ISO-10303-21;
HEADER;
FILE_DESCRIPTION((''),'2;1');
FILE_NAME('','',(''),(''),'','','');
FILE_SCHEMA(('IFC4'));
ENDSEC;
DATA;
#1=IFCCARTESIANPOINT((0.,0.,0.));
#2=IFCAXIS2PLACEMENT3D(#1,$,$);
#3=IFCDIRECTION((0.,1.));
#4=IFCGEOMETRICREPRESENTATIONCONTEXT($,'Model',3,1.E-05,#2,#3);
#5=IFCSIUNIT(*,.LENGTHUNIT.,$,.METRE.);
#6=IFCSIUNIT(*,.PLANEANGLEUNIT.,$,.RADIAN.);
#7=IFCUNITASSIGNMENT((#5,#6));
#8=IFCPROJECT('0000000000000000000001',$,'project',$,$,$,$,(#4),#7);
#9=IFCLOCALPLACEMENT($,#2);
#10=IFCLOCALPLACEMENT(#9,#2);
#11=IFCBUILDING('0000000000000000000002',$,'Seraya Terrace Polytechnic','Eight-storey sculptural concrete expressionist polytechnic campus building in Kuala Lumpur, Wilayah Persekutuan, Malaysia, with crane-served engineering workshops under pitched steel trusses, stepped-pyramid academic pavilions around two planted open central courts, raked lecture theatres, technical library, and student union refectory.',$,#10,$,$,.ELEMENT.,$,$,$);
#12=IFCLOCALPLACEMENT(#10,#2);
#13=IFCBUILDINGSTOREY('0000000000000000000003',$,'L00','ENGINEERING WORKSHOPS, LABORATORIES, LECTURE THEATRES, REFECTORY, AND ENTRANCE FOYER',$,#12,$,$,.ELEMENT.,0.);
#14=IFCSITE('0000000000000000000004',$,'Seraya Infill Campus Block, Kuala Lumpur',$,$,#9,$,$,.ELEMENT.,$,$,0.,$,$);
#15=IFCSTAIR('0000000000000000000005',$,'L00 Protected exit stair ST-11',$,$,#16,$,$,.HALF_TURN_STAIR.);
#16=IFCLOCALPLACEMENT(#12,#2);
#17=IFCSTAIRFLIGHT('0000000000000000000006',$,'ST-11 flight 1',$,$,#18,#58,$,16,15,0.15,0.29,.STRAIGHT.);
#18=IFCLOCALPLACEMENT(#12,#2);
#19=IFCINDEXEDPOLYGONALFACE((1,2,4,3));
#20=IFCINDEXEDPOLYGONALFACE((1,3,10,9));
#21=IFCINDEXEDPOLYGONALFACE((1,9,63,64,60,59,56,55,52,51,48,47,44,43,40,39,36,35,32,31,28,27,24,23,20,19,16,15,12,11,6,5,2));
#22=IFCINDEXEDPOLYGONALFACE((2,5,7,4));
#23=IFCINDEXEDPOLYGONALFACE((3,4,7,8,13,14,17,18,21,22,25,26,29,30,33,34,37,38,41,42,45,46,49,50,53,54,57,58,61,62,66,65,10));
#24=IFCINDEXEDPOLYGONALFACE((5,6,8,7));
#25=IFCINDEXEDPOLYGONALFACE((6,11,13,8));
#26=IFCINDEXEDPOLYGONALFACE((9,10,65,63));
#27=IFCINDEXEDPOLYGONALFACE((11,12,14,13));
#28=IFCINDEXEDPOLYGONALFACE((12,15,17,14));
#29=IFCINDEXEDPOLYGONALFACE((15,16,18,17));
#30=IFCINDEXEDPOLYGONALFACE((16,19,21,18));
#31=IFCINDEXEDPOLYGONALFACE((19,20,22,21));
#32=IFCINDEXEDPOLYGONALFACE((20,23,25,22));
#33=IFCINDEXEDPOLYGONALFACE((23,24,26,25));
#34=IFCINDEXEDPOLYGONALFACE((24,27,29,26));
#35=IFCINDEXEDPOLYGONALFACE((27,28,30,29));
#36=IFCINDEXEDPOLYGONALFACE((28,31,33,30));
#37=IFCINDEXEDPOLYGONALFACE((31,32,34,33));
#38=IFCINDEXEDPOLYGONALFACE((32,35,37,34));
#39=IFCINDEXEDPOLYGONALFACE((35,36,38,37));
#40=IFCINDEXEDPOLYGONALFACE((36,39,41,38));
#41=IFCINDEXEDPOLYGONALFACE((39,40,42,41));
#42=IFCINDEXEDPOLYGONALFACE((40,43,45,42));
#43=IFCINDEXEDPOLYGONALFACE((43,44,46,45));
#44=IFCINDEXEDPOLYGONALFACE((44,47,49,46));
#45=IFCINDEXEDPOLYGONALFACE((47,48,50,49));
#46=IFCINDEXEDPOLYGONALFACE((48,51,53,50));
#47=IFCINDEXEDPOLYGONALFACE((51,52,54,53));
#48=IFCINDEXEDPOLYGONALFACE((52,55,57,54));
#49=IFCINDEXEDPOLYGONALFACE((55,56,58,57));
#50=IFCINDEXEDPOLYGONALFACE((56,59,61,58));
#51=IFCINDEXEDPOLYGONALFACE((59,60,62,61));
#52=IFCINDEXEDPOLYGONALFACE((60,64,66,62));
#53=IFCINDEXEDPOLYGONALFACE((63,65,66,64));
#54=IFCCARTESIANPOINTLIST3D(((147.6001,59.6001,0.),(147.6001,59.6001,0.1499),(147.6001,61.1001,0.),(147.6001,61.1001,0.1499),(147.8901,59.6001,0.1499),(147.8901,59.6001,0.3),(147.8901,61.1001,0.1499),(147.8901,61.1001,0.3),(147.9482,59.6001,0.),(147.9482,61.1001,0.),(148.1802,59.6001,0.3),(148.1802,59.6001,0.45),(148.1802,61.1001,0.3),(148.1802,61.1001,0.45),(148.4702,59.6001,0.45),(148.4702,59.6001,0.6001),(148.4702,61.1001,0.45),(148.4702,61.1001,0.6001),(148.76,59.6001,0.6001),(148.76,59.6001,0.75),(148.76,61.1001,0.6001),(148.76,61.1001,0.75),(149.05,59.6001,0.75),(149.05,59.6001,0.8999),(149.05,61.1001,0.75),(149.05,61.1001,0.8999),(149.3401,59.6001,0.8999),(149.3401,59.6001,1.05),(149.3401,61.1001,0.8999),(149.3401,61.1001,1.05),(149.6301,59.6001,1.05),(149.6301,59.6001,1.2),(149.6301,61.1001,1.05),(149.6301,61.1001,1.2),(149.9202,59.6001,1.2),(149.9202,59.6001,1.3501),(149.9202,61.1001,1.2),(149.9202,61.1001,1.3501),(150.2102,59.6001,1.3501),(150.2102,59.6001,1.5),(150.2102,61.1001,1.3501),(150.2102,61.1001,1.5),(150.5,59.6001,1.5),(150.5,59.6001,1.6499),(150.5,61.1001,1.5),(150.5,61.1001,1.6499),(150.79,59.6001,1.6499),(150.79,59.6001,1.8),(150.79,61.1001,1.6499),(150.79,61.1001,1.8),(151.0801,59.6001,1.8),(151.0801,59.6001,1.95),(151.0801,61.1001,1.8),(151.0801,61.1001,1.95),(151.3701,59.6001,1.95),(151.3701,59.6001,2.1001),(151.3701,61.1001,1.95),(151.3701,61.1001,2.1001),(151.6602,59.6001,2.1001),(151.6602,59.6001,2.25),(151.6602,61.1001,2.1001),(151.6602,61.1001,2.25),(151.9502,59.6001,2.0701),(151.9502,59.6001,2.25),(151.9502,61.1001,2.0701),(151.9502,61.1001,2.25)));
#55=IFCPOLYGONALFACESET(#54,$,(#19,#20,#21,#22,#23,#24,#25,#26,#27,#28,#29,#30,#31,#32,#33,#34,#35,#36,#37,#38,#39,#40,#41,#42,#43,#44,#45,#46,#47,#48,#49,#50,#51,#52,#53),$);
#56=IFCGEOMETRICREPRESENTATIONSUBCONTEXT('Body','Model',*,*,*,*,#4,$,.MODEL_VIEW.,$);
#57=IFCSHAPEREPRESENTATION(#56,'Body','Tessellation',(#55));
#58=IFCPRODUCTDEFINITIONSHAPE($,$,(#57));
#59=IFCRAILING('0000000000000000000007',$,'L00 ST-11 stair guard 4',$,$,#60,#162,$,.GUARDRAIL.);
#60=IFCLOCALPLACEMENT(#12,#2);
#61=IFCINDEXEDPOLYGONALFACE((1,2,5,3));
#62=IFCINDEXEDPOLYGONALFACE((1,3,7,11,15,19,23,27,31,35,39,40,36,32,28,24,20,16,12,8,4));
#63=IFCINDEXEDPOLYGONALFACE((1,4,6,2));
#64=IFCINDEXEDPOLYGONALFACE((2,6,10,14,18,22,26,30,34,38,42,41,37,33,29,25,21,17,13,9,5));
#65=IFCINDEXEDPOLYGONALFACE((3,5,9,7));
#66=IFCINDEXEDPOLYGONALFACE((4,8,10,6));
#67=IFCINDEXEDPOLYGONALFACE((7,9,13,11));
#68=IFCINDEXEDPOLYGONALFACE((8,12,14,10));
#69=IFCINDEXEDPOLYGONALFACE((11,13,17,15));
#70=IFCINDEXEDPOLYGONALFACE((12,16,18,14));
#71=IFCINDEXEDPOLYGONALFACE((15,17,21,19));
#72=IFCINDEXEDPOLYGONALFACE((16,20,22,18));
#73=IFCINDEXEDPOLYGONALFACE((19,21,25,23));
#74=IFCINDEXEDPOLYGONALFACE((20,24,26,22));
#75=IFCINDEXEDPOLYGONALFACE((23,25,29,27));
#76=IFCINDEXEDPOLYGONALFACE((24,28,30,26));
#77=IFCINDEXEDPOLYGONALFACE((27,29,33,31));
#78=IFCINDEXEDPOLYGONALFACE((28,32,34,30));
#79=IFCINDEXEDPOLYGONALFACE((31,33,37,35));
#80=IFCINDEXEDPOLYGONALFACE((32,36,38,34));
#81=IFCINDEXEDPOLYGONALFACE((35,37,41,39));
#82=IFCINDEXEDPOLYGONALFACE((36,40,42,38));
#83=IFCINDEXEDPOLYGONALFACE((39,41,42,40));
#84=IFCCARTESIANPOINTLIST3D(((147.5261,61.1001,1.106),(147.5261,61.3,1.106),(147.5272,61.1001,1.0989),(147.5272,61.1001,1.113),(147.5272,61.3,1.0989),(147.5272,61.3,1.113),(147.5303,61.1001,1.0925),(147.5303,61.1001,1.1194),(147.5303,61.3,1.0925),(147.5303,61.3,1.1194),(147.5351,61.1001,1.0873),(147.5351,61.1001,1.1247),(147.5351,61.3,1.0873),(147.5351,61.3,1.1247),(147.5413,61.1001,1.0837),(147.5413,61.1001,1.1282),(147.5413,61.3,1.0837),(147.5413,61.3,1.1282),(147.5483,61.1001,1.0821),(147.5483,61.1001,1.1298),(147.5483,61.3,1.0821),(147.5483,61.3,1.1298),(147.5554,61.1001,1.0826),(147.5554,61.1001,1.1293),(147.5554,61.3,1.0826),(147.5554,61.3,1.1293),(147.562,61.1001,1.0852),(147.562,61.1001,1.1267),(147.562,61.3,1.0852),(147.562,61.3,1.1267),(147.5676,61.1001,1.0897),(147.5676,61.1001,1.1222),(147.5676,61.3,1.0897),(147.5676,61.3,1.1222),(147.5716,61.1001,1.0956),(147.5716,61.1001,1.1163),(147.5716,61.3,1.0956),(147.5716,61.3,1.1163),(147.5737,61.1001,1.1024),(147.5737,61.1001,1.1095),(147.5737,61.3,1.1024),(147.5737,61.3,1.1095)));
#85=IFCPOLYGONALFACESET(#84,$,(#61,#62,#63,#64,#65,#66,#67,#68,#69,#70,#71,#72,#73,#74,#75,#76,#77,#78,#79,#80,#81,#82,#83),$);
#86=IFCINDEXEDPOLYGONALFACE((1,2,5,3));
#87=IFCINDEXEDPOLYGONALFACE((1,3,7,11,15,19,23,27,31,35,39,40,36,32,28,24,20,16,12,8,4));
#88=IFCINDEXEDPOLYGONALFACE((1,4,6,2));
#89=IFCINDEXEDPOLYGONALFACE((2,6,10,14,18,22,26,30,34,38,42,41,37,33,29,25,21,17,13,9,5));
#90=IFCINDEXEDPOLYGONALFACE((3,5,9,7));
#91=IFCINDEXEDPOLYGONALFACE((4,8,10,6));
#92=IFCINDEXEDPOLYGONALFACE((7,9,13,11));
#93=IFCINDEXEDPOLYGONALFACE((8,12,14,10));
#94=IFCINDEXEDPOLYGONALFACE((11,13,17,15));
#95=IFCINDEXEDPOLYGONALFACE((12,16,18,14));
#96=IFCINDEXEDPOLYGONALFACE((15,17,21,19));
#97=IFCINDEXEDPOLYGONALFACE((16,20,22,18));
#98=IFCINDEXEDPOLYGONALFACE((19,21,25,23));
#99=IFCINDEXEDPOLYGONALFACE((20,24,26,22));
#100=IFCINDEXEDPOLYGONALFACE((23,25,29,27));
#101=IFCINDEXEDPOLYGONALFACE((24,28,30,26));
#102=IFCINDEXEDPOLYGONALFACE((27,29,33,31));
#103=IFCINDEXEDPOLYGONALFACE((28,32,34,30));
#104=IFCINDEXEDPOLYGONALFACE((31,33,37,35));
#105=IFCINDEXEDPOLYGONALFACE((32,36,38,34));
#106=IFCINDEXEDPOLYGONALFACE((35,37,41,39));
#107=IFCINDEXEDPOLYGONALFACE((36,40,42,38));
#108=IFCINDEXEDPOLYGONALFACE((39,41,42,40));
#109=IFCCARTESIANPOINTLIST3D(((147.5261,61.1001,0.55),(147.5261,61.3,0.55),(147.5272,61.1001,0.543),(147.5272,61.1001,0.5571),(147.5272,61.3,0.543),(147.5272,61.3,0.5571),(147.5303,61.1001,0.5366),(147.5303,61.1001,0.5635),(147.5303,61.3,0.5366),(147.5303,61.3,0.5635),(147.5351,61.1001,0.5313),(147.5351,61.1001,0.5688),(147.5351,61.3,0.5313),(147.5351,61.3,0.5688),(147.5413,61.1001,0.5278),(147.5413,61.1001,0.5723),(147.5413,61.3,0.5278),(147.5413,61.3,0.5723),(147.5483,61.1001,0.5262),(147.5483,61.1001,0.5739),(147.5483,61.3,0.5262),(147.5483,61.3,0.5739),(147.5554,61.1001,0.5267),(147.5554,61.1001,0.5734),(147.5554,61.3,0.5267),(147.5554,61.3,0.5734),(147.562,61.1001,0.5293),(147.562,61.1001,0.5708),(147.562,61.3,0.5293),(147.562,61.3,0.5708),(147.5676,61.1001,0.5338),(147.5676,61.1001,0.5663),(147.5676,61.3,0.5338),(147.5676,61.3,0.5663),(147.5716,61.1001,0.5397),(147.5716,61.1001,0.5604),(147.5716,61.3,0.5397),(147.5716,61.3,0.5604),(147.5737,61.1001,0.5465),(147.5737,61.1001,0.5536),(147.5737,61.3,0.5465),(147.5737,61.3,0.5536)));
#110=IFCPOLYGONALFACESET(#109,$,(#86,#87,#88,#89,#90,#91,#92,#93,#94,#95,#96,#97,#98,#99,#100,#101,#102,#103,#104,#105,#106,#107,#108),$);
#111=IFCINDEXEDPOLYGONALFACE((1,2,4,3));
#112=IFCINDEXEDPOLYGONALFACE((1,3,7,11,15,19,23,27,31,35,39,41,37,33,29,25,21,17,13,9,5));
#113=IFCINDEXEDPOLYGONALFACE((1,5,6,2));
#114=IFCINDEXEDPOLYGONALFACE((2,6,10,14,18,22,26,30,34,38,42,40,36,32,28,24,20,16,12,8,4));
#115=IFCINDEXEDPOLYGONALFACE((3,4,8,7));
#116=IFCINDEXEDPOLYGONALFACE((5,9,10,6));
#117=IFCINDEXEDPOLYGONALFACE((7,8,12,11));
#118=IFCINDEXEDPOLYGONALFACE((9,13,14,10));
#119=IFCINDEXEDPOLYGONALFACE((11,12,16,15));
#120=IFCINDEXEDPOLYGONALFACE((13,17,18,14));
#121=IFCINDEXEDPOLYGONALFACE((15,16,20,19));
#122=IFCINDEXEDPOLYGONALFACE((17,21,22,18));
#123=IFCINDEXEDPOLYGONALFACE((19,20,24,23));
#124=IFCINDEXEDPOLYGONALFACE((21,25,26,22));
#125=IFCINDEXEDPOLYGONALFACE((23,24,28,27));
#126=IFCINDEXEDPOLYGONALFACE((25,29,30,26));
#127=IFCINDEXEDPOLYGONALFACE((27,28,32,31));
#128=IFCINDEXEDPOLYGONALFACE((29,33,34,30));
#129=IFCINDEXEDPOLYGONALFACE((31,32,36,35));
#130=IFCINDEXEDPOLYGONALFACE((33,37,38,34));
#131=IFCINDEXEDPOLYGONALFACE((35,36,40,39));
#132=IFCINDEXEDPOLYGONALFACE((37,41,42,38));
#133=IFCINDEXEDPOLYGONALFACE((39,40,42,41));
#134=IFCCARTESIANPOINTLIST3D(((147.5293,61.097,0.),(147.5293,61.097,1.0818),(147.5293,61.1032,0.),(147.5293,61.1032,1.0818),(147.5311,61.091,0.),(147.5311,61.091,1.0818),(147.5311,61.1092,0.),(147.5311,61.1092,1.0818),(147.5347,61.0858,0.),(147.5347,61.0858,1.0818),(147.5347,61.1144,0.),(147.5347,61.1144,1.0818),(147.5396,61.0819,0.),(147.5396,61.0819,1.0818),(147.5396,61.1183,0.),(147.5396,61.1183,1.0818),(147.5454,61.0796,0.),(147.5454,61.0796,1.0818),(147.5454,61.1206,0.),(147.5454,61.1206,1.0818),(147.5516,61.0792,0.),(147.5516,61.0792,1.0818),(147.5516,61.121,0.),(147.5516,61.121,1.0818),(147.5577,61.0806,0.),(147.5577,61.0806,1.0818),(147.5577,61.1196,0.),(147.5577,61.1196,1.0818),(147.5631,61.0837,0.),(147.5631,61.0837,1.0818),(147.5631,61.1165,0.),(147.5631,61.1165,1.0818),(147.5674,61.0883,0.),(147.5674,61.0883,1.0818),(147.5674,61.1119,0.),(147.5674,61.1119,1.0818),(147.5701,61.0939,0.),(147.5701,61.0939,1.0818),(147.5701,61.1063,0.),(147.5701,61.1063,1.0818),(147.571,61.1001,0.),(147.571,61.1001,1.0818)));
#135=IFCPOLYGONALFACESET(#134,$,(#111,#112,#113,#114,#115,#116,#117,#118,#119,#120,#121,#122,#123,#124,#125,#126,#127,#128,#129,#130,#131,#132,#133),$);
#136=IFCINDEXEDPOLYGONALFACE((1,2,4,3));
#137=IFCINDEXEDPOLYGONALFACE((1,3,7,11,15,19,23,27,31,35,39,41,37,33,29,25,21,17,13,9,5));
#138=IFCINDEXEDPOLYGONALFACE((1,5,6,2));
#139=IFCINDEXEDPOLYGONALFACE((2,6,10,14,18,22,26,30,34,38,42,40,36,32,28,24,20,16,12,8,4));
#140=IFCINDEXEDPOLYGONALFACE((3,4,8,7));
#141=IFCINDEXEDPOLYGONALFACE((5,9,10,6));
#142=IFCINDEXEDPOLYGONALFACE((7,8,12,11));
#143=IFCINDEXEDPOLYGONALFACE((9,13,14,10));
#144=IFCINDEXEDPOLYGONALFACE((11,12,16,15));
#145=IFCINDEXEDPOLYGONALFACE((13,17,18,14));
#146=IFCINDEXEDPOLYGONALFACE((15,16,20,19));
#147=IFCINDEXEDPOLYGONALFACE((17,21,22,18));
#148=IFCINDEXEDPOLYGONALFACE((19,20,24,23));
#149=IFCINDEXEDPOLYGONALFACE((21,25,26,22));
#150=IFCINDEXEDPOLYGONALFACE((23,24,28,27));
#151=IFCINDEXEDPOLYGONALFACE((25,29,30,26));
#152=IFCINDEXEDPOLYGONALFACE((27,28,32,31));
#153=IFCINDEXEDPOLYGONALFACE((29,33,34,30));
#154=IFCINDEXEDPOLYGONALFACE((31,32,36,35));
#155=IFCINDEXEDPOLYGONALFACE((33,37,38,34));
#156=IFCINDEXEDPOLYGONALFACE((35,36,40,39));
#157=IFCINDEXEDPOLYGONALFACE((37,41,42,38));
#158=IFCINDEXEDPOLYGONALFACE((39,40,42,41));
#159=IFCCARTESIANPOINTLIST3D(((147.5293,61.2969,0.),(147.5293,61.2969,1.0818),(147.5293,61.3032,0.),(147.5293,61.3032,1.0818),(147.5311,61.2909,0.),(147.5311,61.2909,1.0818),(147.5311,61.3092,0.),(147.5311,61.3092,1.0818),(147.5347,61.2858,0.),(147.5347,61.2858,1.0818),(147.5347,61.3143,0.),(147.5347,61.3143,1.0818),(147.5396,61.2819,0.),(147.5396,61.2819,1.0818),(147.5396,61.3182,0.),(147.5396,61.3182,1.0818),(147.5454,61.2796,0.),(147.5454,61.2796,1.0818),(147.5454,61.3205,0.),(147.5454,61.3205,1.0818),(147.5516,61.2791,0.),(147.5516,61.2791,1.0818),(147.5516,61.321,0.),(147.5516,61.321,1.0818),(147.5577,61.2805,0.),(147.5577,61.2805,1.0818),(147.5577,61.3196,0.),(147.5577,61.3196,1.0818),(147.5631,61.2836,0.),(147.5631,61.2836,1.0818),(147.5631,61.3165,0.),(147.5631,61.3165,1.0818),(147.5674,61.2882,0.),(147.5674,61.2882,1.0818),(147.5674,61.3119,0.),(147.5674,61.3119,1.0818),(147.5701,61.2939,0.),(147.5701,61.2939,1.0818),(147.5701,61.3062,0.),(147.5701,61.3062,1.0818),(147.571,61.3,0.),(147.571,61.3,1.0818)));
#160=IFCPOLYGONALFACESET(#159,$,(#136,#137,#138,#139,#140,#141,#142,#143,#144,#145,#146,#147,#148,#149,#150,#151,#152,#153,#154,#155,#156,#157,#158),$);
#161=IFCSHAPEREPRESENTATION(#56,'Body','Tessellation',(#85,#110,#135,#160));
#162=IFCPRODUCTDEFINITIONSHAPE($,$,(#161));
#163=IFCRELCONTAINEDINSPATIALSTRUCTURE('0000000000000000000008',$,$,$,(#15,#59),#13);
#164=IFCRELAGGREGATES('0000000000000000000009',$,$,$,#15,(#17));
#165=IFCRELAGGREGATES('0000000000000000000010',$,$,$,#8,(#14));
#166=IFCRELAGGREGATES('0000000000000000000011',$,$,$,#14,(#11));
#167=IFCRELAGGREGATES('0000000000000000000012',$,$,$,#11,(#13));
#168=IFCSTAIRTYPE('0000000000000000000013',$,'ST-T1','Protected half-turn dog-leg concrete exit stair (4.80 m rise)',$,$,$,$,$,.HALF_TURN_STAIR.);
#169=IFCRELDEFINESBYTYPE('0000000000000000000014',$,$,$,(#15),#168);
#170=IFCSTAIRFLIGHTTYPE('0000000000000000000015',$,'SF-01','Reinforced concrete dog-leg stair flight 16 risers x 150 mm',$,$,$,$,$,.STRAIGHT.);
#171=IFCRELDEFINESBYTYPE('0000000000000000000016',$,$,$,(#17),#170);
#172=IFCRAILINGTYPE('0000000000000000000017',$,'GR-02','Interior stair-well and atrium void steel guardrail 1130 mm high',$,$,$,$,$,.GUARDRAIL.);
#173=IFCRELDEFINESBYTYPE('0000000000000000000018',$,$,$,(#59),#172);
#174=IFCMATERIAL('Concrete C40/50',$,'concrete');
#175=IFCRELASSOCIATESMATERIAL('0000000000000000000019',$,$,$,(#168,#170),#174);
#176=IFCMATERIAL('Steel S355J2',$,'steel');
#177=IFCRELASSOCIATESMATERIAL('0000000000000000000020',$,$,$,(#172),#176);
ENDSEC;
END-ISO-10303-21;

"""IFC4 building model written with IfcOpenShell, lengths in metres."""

from ifc_helpers import new_model, si_unit, direction, frame, origin, origin_2d, place, context, subcontext, project, spatial, polyline, circle, outline, extrude, material, type_object, element, aggregate, save


model = new_model("IFC4")

# Units and contexts
model_context = context("Model", 3, precision=1e-05, world=origin(), true_north=direction((0.0, 1.0)))
body_context = subcontext(model_context, "Body", "Model", "MODEL_VIEW")
ifc_project = project(units=[si_unit("LENGTHUNIT", "METRE"), si_unit("PLANEANGLEUNIT", "RADIAN")], contexts=[model_context])

# Site, building, storey
site_placement = place(None, origin())
site = spatial("IfcSite", under=ifc_project, at=site_placement, Name="Seraya Infill Campus Block, Kuala Lumpur", CompositionType="ELEMENT", RefElevation=0.0)
building_placement = place(site_placement, origin())
building = spatial("IfcBuilding", under=site, at=building_placement, Name="Seraya Terrace Polytechnic", Description="Eight-storey sculptural concrete expressionist polytechnic campus building in Kuala Lumpur, Wilayah Persekutuan, Malaysia, with crane-served engineering workshops under pitched steel trusses, stepped-pyramid academic pavilions around two planted open central courts, raked lecture theatres, technical library, and student union refectory.", CompositionType="ELEMENT")
storey_placement = place(building_placement, origin())
storey = spatial("IfcBuildingStorey", under=building, at=storey_placement, Name="L00", Description="ENGINEERING WORKSHOPS, LABORATORIES, LECTURE THEATRES, REFECTORY, AND ENTRANCE FOYER", CompositionType="ELEMENT", Elevation=0.0)

# Shared definitions
ifc_material_1 = material(Name="Concrete C40/50", Category="concrete")

# Shared definitions
ifc_material_2 = material(Name="Steel S355J2", Category="steel")

# Stair, stair flight
stair_type = type_object("IfcStairType", Name="ST-T1", Description="Protected half-turn dog-leg concrete exit stair (4.80 m rise)", PredefinedType="HALF_TURN_STAIR", material=ifc_material_1)
stair_placement = place(storey_placement, origin())
stair = element("IfcStair", 1, at=stair_placement, inside=storey, type_object=stair_type, Name="L00 Protected exit stair ST-11", PredefinedType="HALF_TURN_STAIR")
stair_flight_type = type_object("IfcStairFlightType", Name="SF-01", Description="Reinforced concrete dog-leg stair flight 16 risers x 150 mm", PredefinedType="STRAIGHT", material=ifc_material_1)
stair_flight_placement = place(storey_placement, frame((147.6001, 60.3501, 0.0), z_axis=(0.0, 0.0, 1.0), x_axis=(1.0, 0.0, 0.0)))
stair_flight = element("IfcStairFlight", 2, at=stair_flight_placement, type_object=stair_flight_type, Name="ST-11 flight 1", NumberOfRisers=16, NumberOfTreads=15, PredefinedType="STRAIGHT", RiserHeight=0.15, TreadLength=0.29, context=body_context, shape_type="SweptSolid", body=[
    extrude(outline(polyline([(0.0, 0.0), (0.0, 0.1499), (0.29, 0.1499), (0.29, 0.3), (0.5801, 0.3), (0.5801, 0.45), (0.8701, 0.45), (0.8701, 0.6001), (1.1599, 0.6001), (1.1599, 0.75), (1.45, 0.75), (1.45, 0.8999), (1.74, 0.8999), (1.74, 1.05), (2.03, 1.05), (2.03, 1.2), (2.3201, 1.2), (2.3201, 1.3501), (2.6101, 1.3501), (2.6101, 1.5), (2.8999, 1.5), (2.8999, 1.6499), (3.1899, 1.6499), (3.1899, 1.8), (3.48, 1.8), (3.48, 1.95), (3.77, 1.95), (3.77, 2.1001), (4.0601, 2.1001), (4.0601, 2.25), (4.3501, 2.25), (4.3501, 2.3999), (4.3501, 2.0701), (0.3481, 0.0), (0.0, 0.0)])), frame((0.0, 0.75, 0.0), z_axis=(0.0, -1.0, 0.0), x_axis=(1.0, 0.0, 0.0)), (0.0, 0.0, 1.0), 1.5),
])
aggregate(stair, [stair_flight])

# Railing
railing_type_1 = type_object("IfcRailingType", Name="GR-02", Description="Interior stair-well and atrium void steel guardrail 1130 mm high", PredefinedType="GUARDRAIL", material=ifc_material_2)
railing_1_placement = place(storey_placement, frame((147.55, 61.1001, 0.0)))
element("IfcRailing", 3, at=railing_1_placement, inside=storey, type_object=railing_type_1, Name="L00 ST-11 stair guard 4", PredefinedType="GUARDRAIL", context=body_context, shape_type="SweptSolid", body=[
    extrude(circle(Radius=0.0239, at=origin_2d()), frame((0.0, 0.0, 1.106), z_axis=(0.0, 1.0, 0.0), x_axis=(-1.0, 0.0, 0.0)), (0.0, 0.0, 1.0), 0.2),
    extrude(circle(Radius=0.0239, at=origin_2d()), frame((0.0, 0.0, 0.55), z_axis=(0.0, 1.0, 0.0), x_axis=(-1.0, 0.0, 0.0)), (0.0, 0.0, 1.0), 0.2),
    extrude(circle(Radius=0.021, at=origin_2d()), origin(), (0.0, 0.0, 1.0), 1.0818),
    extrude(circle(Radius=0.021, at=origin_2d()), frame((0.0, 0.2, 0.0)), (0.0, 0.0, 1.0), 1.0818),
])

save(model, "model.ifc")
